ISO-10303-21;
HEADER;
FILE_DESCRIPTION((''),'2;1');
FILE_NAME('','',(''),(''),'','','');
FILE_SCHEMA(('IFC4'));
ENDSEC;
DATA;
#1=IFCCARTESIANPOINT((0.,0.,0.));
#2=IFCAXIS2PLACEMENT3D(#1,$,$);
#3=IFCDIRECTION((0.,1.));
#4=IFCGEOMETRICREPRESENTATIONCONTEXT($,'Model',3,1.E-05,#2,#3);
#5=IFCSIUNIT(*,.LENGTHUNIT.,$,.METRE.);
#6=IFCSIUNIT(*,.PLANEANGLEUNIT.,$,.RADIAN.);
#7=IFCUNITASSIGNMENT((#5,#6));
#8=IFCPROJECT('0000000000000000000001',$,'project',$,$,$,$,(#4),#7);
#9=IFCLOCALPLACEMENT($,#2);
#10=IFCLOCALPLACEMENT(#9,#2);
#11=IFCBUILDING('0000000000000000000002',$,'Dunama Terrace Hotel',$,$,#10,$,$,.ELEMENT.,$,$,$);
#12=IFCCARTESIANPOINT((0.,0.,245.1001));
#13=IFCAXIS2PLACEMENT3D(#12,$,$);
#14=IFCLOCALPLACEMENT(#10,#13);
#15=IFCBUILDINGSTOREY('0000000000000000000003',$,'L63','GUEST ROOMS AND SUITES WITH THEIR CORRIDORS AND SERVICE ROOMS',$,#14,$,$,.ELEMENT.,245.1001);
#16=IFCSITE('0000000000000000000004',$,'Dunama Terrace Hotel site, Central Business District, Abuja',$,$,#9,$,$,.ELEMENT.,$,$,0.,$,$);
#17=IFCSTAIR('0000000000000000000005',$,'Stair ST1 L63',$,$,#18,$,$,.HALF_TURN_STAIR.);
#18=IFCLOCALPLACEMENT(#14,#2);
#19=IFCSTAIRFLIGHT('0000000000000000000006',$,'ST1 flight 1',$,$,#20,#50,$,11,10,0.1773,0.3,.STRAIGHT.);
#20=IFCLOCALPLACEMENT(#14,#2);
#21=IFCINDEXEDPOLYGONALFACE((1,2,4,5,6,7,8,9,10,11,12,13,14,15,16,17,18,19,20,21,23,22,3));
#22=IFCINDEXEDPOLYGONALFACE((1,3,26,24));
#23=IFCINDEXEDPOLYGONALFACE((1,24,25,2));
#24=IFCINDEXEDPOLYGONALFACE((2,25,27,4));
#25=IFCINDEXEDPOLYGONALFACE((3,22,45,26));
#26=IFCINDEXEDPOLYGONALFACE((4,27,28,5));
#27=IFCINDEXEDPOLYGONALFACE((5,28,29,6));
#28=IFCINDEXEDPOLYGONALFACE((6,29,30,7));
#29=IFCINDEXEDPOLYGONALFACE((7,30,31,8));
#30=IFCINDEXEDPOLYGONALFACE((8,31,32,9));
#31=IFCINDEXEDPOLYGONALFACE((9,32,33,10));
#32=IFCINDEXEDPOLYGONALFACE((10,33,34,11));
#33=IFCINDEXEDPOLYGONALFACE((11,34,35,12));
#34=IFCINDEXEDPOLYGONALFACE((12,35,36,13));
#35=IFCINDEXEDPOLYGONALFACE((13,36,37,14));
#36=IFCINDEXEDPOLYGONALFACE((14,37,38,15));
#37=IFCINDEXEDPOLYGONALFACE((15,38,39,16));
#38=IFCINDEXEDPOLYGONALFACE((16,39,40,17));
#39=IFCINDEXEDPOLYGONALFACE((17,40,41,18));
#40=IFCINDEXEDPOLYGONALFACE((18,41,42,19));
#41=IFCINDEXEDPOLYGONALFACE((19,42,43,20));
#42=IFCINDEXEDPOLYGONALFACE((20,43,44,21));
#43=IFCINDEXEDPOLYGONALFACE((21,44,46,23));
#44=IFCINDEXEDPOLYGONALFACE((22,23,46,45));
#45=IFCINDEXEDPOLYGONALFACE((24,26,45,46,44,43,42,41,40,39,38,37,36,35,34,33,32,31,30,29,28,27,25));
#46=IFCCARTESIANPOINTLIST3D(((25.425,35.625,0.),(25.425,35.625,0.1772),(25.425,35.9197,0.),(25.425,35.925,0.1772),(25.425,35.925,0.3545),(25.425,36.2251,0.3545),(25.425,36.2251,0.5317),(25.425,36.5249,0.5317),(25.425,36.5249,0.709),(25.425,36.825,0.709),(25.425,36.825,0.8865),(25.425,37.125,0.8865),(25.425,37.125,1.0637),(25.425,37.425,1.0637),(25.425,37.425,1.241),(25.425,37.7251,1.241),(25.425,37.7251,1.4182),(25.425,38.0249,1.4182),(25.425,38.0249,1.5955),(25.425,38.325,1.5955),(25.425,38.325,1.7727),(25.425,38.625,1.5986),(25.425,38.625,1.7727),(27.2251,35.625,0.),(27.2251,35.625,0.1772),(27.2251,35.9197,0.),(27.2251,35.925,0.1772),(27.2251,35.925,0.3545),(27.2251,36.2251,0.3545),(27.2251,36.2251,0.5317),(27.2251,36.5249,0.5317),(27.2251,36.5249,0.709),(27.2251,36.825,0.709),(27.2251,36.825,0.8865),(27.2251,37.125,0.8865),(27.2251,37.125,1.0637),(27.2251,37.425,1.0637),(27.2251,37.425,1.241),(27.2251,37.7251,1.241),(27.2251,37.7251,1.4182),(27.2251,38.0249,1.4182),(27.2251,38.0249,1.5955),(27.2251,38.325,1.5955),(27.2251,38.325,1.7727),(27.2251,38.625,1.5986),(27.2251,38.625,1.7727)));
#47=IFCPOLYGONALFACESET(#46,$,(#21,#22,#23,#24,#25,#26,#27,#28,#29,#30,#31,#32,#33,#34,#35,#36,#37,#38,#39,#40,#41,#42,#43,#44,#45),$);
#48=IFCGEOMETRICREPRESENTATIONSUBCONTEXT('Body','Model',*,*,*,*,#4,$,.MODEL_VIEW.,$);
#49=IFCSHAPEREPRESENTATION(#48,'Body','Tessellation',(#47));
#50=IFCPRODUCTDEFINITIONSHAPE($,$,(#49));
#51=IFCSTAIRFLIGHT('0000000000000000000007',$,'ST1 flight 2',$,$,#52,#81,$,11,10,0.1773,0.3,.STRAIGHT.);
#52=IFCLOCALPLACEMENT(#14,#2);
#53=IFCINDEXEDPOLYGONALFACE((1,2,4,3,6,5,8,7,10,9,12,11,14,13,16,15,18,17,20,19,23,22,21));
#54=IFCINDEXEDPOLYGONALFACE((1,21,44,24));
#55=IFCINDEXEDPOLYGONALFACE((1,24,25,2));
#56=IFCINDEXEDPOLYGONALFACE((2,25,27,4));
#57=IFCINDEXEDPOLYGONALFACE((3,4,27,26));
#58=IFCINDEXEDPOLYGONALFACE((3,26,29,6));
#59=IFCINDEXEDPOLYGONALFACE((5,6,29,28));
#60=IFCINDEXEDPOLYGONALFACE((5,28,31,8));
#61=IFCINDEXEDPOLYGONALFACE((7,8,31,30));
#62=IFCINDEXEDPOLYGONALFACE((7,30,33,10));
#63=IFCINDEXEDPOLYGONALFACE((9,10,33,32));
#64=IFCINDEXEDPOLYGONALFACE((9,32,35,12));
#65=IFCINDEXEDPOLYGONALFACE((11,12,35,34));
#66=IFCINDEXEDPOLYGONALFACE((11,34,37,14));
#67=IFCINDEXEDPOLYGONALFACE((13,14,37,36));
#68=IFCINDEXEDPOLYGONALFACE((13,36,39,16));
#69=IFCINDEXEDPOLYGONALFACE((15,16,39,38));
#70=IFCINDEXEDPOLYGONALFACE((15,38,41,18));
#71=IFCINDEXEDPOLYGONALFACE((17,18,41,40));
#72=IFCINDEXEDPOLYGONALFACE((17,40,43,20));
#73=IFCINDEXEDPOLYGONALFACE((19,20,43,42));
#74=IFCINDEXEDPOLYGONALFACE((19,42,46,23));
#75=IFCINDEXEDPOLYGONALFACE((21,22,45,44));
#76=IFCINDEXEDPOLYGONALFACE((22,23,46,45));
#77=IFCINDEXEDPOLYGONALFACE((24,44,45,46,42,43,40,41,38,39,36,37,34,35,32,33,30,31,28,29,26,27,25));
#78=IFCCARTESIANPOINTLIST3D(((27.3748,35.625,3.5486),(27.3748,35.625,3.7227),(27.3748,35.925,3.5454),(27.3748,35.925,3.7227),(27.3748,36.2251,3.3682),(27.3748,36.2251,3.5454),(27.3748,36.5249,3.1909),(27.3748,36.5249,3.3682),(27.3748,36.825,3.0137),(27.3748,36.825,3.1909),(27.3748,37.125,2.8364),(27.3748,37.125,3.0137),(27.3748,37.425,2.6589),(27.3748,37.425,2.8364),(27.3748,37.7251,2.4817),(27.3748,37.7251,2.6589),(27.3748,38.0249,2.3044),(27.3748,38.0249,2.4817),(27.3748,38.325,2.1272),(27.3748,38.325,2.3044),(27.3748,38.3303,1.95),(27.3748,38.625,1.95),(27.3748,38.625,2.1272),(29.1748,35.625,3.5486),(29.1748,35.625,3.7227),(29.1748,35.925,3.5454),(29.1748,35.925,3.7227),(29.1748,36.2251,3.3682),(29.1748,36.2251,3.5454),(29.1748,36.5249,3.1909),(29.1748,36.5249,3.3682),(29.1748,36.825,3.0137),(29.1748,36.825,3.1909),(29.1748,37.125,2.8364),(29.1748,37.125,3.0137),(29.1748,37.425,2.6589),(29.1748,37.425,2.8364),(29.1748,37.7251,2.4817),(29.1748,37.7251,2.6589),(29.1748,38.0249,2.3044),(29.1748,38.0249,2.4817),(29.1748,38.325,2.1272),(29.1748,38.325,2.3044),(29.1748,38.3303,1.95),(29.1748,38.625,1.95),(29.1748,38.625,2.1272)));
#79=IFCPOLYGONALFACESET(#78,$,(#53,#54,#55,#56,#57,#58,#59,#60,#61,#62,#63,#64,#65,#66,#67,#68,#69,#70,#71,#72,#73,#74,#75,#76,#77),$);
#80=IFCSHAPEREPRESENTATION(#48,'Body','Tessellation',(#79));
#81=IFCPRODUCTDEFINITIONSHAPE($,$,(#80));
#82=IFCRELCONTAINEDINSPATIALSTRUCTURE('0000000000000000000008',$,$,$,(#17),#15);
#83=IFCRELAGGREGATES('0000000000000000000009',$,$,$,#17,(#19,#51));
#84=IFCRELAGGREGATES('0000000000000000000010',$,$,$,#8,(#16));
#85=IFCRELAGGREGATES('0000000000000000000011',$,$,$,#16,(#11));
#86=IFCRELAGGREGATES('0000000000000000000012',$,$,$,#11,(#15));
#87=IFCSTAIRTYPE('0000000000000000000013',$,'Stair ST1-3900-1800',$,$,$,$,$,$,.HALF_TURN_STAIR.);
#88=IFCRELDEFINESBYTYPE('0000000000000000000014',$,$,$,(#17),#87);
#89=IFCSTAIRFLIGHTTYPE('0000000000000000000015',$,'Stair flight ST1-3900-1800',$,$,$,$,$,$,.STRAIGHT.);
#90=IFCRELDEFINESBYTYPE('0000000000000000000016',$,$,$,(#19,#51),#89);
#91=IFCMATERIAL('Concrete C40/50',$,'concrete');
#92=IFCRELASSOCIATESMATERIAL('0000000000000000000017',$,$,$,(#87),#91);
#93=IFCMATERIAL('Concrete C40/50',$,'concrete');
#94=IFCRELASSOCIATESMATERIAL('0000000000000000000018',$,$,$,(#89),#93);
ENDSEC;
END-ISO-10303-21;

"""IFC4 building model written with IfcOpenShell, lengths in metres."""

from ifc_helpers import new_model, si_unit, direction, frame, origin, place, context, subcontext, project, spatial, polyline, outline, extrude, material, type_object, element, aggregate, save


model = new_model("IFC4")

# Units and contexts
model_context = context("Model", 3, precision=1e-05, world=origin(), true_north=direction((0.0, 1.0)))
body_context = subcontext(model_context, "Body", "Model", "MODEL_VIEW")
ifc_project = project(units=[si_unit("LENGTHUNIT", "METRE"), si_unit("PLANEANGLEUNIT", "RADIAN")], contexts=[model_context])

# Site, building, storey
site_placement = place(None, origin())
site = spatial("IfcSite", under=ifc_project, at=site_placement, Name="Dunama Terrace Hotel site, Central Business District, Abuja", CompositionType="ELEMENT", RefElevation=0.0)
building_placement = place(site_placement, origin())
building = spatial("IfcBuilding", under=site, at=building_placement, Name="Dunama Terrace Hotel", CompositionType="ELEMENT")
storey_placement = place(building_placement, frame((0.0, 0.0, 245.1001)))
storey = spatial("IfcBuildingStorey", under=building, at=storey_placement, Name="L63", Description="GUEST ROOMS AND SUITES WITH THEIR CORRIDORS AND SERVICE ROOMS", CompositionType="ELEMENT", Elevation=245.1001)

# Stair, stair flights
ifc_material_1 = material(Name="Concrete C40/50", Category="concrete")
stair_type = type_object("IfcStairType", Name="Stair ST1-3900-1800", PredefinedType="HALF_TURN_STAIR", material=ifc_material_1)
stair_placement = place(storey_placement, origin())
stair = element("IfcStair", 1, at=stair_placement, inside=storey, type_object=stair_type, Name="Stair ST1 L63", PredefinedType="HALF_TURN_STAIR")
ifc_material_2 = material(Name="Concrete C40/50", Category="concrete")
stair_flight_type = type_object("IfcStairFlightType", Name="Stair flight ST1-3900-1800", PredefinedType="STRAIGHT", material=ifc_material_2)
stair_flight_1_placement = place(storey_placement, frame((26.325, 35.625, 0.0), z_axis=(0.0, 0.0, 1.0), x_axis=(0.0, 1.0, 0.0)))
stair_flight_1 = element("IfcStairFlight", 2, at=stair_flight_1_placement, type_object=stair_flight_type, Name="ST1 flight 1", NumberOfRisers=11, NumberOfTreads=10, PredefinedType="STRAIGHT", RiserHeight=0.1773, TreadLength=0.3, context=body_context, shape_type="SweptSolid", body=[
    extrude(outline(polyline([(0.0, 0.0), (0.0, 0.1772), (0.3, 0.1772), (0.3, 0.3545), (0.6001, 0.3545), (0.6001, 0.5317), (0.8999, 0.5317), (0.8999, 0.709), (1.2, 0.709), (1.2, 0.8865), (1.5, 0.8865), (1.5, 1.0637), (1.8, 1.0637), (1.8, 1.241), (2.1001, 1.241), (2.1001, 1.4182), (2.3999, 1.4182), (2.3999, 1.5955), (2.7, 1.5955), (2.7, 1.7727), (3.0, 1.7727), (3.0, 1.95), (3.0, 1.5986), (0.2947, 0.0), (0.0, 0.0)])), frame((0.0, 0.8999, 0.0), z_axis=(0.0, -1.0, 0.0), x_axis=(1.0, 0.0, 0.0)), (0.0, 0.0, 1.0), 1.8),
])
stair_flight_2_placement = place(storey_placement, frame((28.2749, 38.625, 1.95), z_axis=(0.0, 0.0, 1.0), x_axis=(0.0, -1.0, 0.0)))
stair_flight_2 = element("IfcStairFlight", 3, at=stair_flight_2_placement, type_object=stair_flight_type, Name="ST1 flight 2", NumberOfRisers=11, NumberOfTreads=10, PredefinedType="STRAIGHT", RiserHeight=0.1773, TreadLength=0.3, context=body_context, shape_type="SweptSolid", body=[
    extrude(outline(polyline([(0.0, 0.0), (0.0, 0.1772), (0.3, 0.1772), (0.3, 0.3545), (0.6001, 0.3545), (0.6001, 0.5317), (0.8999, 0.5317), (0.8999, 0.709), (1.2, 0.709), (1.2, 0.8865), (1.5, 0.8865), (1.5, 1.0637), (1.8, 1.0637), (1.8, 1.241), (2.1001, 1.241), (2.1001, 1.4182), (2.3999, 1.4182), (2.3999, 1.5955), (2.7, 1.5955), (2.7, 1.7727), (3.0, 1.7727), (3.0, 1.95), (3.0, 1.5986), (0.2947, 0.0), (0.0, 0.0)])), frame((0.0, 0.8999, 0.0), z_axis=(0.0, -1.0, 0.0), x_axis=(1.0, 0.0, 0.0)), (0.0, 0.0, 1.0), 1.8),
])
aggregate(stair, [stair_flight_1, stair_flight_2])

save(model, "model.ifc")
